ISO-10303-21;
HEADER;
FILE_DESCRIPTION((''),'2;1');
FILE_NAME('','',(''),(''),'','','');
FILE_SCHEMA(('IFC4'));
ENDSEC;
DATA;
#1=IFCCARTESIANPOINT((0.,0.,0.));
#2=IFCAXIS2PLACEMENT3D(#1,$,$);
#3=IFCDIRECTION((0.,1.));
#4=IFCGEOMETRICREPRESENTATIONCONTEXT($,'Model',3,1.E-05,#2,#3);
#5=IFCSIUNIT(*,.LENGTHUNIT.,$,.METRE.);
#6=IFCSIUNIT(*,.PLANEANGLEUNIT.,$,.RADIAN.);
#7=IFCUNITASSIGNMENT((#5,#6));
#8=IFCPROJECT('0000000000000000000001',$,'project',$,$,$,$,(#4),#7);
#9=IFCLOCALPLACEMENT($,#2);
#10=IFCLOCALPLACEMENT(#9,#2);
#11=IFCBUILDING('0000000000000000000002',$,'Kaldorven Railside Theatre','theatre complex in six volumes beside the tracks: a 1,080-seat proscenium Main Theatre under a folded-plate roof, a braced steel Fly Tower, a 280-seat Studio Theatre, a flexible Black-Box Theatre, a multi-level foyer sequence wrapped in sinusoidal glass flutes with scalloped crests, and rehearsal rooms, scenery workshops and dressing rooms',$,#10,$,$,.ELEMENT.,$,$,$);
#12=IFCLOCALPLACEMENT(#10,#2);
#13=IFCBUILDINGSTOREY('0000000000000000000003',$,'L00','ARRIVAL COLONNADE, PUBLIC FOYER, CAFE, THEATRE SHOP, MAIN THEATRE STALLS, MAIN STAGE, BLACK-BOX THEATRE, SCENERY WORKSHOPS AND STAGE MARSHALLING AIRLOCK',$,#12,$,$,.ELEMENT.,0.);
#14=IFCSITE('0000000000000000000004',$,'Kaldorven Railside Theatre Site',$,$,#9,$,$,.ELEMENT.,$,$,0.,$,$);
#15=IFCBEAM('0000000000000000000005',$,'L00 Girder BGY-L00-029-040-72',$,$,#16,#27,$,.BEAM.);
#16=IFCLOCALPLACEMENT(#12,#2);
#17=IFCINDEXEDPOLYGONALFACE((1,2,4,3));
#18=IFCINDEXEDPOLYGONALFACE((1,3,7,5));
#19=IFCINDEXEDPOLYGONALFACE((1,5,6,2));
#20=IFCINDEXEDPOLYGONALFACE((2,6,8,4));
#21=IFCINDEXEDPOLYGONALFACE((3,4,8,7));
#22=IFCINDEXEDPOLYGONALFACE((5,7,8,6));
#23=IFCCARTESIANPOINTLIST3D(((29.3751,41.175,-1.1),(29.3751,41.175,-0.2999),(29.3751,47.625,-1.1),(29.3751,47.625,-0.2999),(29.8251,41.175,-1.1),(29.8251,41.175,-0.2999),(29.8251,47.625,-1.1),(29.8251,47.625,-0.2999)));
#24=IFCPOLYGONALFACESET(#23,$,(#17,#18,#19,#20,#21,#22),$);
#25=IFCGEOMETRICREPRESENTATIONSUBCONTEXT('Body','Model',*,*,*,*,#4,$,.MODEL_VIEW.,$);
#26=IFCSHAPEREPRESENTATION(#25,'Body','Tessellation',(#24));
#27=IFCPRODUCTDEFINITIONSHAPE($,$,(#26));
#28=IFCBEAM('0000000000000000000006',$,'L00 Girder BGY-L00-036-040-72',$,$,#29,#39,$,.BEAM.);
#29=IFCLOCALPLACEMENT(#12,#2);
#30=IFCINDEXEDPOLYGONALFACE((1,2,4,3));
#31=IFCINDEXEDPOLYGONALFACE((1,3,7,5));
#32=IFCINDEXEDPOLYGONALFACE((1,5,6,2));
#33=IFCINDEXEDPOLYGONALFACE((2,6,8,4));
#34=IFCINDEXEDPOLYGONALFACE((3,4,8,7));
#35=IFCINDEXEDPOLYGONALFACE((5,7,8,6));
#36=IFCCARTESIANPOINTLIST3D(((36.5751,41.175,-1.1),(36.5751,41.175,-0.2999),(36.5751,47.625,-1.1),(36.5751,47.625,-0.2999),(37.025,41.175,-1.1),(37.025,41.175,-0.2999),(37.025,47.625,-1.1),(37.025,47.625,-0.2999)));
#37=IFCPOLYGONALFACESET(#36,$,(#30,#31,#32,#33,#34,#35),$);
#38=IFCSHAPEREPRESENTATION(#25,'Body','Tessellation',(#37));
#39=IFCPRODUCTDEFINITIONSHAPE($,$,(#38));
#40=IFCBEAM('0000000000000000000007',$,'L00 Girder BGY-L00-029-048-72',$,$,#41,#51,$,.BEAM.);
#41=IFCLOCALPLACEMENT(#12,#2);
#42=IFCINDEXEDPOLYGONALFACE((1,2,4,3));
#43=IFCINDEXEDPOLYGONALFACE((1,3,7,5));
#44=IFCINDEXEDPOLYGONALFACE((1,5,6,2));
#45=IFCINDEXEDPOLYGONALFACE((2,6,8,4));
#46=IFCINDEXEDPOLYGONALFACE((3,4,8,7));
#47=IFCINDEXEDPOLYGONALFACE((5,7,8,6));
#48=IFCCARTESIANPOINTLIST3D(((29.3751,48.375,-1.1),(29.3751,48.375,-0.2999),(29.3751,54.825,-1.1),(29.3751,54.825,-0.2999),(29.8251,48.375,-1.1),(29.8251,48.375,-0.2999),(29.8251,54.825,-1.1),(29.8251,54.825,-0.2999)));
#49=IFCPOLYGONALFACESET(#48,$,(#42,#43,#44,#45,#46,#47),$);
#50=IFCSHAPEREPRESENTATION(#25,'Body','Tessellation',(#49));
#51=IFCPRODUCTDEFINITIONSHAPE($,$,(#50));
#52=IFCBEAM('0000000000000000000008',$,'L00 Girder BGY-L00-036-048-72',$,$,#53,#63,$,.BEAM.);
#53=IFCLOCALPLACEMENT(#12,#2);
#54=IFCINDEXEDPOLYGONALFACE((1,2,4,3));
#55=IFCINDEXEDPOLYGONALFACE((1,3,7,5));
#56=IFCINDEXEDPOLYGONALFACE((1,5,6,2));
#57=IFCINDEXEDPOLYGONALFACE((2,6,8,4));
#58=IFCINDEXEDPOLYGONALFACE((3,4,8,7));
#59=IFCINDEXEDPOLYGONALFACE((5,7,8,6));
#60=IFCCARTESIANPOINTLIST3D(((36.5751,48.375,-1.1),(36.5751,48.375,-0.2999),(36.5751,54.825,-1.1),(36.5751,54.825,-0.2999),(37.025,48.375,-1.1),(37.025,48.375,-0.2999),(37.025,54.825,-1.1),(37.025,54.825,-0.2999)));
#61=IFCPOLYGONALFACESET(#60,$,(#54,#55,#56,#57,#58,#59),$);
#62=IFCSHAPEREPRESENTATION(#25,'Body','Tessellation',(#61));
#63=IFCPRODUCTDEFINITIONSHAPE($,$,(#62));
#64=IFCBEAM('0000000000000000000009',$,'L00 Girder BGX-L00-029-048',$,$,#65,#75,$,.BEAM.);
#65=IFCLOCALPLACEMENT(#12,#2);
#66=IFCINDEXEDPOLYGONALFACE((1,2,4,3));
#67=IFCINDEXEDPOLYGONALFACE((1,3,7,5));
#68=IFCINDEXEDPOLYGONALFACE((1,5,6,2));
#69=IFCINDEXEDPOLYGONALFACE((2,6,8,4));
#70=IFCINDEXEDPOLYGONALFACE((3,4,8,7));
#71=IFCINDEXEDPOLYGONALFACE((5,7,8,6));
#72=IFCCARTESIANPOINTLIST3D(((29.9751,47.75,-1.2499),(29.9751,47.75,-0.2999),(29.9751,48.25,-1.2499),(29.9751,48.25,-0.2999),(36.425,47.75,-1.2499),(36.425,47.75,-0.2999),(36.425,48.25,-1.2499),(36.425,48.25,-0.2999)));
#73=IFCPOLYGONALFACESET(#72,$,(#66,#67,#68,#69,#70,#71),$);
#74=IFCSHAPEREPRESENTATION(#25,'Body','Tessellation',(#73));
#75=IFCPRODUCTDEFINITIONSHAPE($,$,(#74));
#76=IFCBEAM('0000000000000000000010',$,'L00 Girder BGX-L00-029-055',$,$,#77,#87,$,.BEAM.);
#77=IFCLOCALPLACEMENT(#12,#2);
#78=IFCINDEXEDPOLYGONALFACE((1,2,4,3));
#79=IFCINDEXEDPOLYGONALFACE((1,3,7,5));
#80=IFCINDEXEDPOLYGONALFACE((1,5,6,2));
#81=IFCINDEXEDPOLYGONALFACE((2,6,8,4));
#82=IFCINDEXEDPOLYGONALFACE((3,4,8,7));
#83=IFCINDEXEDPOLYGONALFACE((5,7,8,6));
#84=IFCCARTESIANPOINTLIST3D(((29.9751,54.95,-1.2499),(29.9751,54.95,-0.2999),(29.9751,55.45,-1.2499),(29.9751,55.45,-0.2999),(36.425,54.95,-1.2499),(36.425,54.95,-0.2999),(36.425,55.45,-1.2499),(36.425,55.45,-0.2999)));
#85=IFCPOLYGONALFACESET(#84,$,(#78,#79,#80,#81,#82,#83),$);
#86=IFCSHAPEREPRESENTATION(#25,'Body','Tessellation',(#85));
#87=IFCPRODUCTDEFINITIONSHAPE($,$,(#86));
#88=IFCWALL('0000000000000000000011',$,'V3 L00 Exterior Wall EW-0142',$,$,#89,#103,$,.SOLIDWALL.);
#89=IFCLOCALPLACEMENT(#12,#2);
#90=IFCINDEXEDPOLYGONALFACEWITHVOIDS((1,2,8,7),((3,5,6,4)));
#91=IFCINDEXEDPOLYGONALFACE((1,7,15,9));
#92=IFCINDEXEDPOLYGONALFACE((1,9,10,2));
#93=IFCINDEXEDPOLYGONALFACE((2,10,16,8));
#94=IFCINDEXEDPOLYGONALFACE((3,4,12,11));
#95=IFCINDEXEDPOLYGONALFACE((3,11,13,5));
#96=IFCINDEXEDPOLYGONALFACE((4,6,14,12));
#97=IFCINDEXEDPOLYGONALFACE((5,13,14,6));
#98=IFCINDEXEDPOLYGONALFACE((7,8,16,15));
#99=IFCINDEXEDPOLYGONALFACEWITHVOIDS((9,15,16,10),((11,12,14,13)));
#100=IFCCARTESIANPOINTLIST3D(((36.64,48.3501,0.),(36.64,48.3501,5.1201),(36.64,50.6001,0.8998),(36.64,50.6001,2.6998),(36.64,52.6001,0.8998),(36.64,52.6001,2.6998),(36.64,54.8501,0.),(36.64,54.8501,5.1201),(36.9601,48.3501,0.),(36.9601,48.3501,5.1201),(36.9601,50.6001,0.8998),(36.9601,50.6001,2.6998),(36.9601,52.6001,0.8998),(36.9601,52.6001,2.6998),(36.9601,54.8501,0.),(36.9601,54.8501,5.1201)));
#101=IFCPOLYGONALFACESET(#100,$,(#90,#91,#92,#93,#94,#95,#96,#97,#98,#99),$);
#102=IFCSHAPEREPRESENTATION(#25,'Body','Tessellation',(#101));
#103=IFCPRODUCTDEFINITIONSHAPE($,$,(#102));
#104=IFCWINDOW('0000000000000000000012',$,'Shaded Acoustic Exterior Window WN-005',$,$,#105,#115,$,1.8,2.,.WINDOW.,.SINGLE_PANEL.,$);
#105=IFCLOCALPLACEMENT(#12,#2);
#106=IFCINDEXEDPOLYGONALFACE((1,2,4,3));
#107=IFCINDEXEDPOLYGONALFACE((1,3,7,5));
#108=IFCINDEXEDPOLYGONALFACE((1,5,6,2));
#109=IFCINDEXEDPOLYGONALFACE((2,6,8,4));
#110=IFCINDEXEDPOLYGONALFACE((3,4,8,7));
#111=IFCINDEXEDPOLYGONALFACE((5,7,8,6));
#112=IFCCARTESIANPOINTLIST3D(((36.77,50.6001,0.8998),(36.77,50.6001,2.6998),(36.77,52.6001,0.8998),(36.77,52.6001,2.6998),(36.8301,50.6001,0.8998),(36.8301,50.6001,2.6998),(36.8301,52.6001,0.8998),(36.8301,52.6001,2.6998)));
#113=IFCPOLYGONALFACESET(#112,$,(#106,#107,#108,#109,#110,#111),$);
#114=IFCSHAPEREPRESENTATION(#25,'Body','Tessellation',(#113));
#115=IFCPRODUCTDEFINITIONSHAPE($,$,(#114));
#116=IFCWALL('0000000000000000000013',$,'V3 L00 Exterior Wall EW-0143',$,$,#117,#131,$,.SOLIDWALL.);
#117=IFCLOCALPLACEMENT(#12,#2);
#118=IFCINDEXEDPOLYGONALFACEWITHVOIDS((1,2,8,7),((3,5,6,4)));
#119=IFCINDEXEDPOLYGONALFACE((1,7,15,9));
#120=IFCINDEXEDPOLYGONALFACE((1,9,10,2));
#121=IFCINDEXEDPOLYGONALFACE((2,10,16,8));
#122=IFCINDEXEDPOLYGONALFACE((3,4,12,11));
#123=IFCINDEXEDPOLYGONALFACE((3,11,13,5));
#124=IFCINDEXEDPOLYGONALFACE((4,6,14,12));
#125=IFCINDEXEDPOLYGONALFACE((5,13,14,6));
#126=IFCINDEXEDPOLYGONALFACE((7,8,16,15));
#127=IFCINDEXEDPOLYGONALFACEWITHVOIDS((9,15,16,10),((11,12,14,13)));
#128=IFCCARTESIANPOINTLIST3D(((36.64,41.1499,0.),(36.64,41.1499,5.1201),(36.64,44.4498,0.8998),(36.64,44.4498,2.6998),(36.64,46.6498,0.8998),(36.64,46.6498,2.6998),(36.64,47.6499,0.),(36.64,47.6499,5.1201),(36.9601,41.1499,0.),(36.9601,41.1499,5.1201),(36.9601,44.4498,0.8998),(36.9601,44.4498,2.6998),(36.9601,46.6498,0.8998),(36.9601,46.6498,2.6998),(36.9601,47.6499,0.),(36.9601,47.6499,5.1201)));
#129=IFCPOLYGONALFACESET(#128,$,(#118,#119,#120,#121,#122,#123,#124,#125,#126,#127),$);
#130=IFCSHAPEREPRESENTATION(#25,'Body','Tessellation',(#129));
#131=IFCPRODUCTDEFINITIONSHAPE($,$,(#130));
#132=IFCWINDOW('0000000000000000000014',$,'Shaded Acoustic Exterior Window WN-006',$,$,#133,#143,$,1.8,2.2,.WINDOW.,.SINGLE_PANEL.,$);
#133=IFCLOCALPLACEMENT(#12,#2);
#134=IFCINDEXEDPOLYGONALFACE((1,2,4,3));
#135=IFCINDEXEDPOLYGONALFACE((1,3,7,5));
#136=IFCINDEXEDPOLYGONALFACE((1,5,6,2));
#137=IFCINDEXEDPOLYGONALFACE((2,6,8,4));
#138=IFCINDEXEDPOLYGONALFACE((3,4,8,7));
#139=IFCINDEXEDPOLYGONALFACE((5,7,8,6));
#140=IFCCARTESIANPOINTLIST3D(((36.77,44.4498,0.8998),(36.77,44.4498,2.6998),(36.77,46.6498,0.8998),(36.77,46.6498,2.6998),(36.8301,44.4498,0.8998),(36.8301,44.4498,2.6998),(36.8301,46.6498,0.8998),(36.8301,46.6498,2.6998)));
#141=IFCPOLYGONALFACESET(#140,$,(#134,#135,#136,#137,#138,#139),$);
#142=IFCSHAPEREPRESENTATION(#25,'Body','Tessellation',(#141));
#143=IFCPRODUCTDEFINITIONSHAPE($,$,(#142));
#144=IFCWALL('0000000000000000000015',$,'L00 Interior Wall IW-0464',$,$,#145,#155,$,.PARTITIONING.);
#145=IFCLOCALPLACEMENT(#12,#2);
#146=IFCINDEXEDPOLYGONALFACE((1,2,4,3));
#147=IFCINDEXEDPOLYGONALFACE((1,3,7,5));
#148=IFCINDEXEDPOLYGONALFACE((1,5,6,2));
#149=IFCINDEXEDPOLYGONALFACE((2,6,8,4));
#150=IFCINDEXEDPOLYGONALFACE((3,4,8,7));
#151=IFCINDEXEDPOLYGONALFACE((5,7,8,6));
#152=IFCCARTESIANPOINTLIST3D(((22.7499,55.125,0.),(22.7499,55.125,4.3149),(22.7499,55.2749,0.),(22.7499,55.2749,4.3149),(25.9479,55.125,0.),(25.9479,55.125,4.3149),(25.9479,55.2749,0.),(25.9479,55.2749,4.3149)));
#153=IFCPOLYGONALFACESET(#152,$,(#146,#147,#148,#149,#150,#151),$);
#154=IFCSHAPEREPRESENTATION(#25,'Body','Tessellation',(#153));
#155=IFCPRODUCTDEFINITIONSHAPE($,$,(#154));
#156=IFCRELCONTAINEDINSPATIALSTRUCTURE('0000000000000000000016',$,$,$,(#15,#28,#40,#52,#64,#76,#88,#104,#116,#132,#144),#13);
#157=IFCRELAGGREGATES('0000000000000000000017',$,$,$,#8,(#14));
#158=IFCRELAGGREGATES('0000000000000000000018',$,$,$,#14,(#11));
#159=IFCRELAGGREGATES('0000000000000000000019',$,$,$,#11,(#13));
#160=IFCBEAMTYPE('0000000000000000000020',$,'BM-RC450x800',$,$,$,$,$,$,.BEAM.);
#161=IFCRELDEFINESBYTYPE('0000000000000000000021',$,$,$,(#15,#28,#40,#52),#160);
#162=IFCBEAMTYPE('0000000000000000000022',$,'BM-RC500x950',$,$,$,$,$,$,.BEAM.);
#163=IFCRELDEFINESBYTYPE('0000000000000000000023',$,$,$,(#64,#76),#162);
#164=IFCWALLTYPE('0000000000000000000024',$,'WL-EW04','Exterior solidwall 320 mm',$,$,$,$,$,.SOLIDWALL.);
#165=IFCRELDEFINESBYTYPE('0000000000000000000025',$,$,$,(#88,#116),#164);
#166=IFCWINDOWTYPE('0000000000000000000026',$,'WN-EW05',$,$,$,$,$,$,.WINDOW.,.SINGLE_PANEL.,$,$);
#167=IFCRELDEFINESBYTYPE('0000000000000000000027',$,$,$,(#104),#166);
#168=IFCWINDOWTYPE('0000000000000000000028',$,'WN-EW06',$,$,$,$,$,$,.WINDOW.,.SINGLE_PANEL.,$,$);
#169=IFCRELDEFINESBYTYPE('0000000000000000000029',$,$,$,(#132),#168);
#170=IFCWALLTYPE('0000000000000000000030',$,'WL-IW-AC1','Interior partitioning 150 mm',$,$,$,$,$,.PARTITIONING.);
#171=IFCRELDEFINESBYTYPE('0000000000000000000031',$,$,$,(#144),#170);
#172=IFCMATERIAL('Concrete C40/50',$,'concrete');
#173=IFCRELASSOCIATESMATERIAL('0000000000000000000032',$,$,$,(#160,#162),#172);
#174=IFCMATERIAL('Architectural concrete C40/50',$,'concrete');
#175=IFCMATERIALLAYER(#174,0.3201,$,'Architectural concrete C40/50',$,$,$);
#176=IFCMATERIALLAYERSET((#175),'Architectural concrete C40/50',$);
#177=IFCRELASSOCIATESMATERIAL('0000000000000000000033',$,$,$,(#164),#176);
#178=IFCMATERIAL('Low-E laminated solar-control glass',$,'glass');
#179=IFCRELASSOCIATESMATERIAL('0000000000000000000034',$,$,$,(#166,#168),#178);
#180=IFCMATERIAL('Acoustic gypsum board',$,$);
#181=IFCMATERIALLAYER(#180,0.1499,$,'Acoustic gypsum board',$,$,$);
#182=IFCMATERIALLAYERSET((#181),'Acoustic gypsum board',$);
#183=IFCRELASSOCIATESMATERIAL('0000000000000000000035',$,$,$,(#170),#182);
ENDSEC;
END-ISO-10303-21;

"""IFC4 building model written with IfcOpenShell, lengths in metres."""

from ifc_helpers import new_model, si_unit, direction, frame, frame_2d, origin, origin_2d, place, context, subcontext, project, spatial, rectangle, extrude, material, layer, layer_set, material_profile, profile_set, type_object, element, fill, save


model = new_model("IFC4")

# Units and contexts
model_context = context("Model", 3, precision=1e-05, world=origin(), true_north=direction((0.0, 1.0)))
body_context = subcontext(model_context, "Body", "Model", "MODEL_VIEW")
ifc_project = project(units=[si_unit("LENGTHUNIT", "METRE"), si_unit("PLANEANGLEUNIT", "RADIAN")], contexts=[model_context])

# Site, building, storey
site_placement = place(None, origin())
site = spatial("IfcSite", under=ifc_project, at=site_placement, Name="Kaldorven Railside Theatre Site", CompositionType="ELEMENT", RefElevation=0.0)
building_placement = place(site_placement, origin())
building = spatial("IfcBuilding", under=site, at=building_placement, Name="Kaldorven Railside Theatre", Description="theatre complex in six volumes beside the tracks: a 1,080-seat proscenium Main Theatre under a folded-plate roof, a braced steel Fly Tower, a 280-seat Studio Theatre, a flexible Black-Box Theatre, a multi-level foyer sequence wrapped in sinusoidal glass flutes with scalloped crests, and rehearsal rooms, scenery workshops and dressing rooms", CompositionType="ELEMENT")
storey_placement = place(building_placement, origin())
storey = spatial("IfcBuildingStorey", under=building, at=storey_placement, Name="L00", Description="ARRIVAL COLONNADE, PUBLIC FOYER, CAFE, THEATRE SHOP, MAIN THEATRE STALLS, MAIN STAGE, BLACK-BOX THEATRE, SCENERY WORKSHOPS AND STAGE MARSHALLING AIRLOCK", CompositionType="ELEMENT", Elevation=0.0)

# Shared definitions
ifc_material_1 = material(Name="Concrete C40/50", Category="concrete")

# Beams
ifc_material_profile_1 = material_profile(ifc_material_1, rectangle(XDim=0.45, YDim=0.8, at=origin_2d()), Name="RC 450x800")
ifc_profile_set_1 = profile_set([ifc_material_profile_1], Name="Concrete C40/50")
beam_type_1 = type_object("IfcBeamType", Name="BM-RC450x800", PredefinedType="BEAM", material=ifc_profile_set_1)
for number, where, z_axis, x_axis, name in (
    (1, (29.6001, 41.175, -0.7), (0.0, 1.0, 0.0), (-1.0, 0.0, 0.0), "L00 Girder BGY-L00-029-040-72"),
    (2, (36.8, 41.175, -0.7), (0.0, 1.0, 0.0), (-1.0, 0.0, 0.0), "L00 Girder BGY-L00-036-040-72"),
    (3, (29.6001, 48.375, -0.7), (0.0, 1.0, 0.0), (-1.0, 0.0, 0.0), "L00 Girder BGY-L00-029-048-72"),
    (4, (36.8, 48.375, -0.7), (0.0, 1.0, 0.0), (-1.0, 0.0, 0.0), "L00 Girder BGY-L00-036-048-72"),
):
    element("IfcBeam", number, at=place(storey_placement, frame(where, z_axis=z_axis, x_axis=x_axis)), inside=storey, type_object=beam_type_1, Name=name, PredefinedType="BEAM", context=body_context, shape_type="SweptSolid", body=[
        extrude(rectangle(XDim=0.45, YDim=0.8, at=origin_2d()), origin(), (0.0, 0.0, 1.0), 6.45),
    ])
ifc_material_profile_2 = material_profile(ifc_material_1, rectangle(XDim=0.5, YDim=0.95, at=origin_2d()), Name="RC 500x950")
ifc_profile_set_2 = profile_set([ifc_material_profile_2], Name="Concrete C40/50")
beam_type_2 = type_object("IfcBeamType", Name="BM-RC500x950", PredefinedType="BEAM", material=ifc_profile_set_2)
for number, where, z_axis, x_axis, name in (
    (5, (29.9751, 48.0, -0.7749), (1.0, 0.0, 0.0), (0.0, 1.0, 0.0), "L00 Girder BGX-L00-029-048"),
    (6, (29.9751, 55.2, -0.7749), (1.0, 0.0, 0.0), (0.0, 1.0, 0.0), "L00 Girder BGX-L00-029-055"),
):
    element("IfcBeam", number, at=place(storey_placement, frame(where, z_axis=z_axis, x_axis=x_axis)), inside=storey, type_object=beam_type_2, Name=name, PredefinedType="BEAM", context=body_context, shape_type="SweptSolid", body=[
        extrude(rectangle(XDim=0.5, YDim=0.95, at=origin_2d()), origin(), (0.0, 0.0, 1.0), 6.45),
    ])

# Walls, openings, windows
ifc_material_2 = material(Name="Architectural concrete C40/50", Category="concrete")
ifc_layer_1 = layer(ifc_material_2, 0.3201, Name="Architectural concrete C40/50")
ifc_layer_set_1 = layer_set([ifc_layer_1], Name="Architectural concrete C40/50")
wall_type_1 = type_object("IfcWallType", Name="WL-EW04", Description="Exterior solidwall 320 mm", PredefinedType="SOLIDWALL", material=ifc_layer_set_1)
wall_1_placement = place(storey_placement, frame((36.8, 54.8501, 0.0), z_axis=(0.0, 0.0, 1.0), x_axis=(0.0, -1.0, 0.0)))
wall_1 = element("IfcWall", 7, at=wall_1_placement, inside=storey, type_object=wall_type_1, Name="V3 L00 Exterior Wall EW-0142", PredefinedType="SOLIDWALL", context=body_context, shape_type="SweptSolid", body=[
    extrude(rectangle(XDim=6.5, YDim=0.3201, at=frame_2d((3.25, 0.0))), origin(), (0.0, 0.0, 1.0), 5.1201),
])
opening_1_placement = place(wall_1_placement, frame((2.25, 0.0, 0.8999)))
opening_1 = element("IfcOpeningElement", 8, at=opening_1_placement, cuts=wall_1, PredefinedType="OPENING", context=body_context, shape_type="SweptSolid", body=[
    extrude(rectangle(XDim=2.0, YDim=1.8, at=frame_2d((1.0, 0.8999))), frame((0.0, 0.1699, 0.0), z_axis=(0.0, -1.0, 0.0), x_axis=(1.0, 0.0, 0.0)), (0.0, 0.0, 1.0), 0.3401),
])
ifc_material_3 = material(Name="Low-E laminated solar-control glass", Category="glass")
window_type_1 = type_object("IfcWindowType", Name="WN-EW05", PartitioningType="SINGLE_PANEL", PredefinedType="WINDOW", material=ifc_material_3)
window_1_placement = place(opening_1_placement, origin())
window_1 = element("IfcWindow", 9, at=window_1_placement, inside=storey, type_object=window_type_1, Name="Shaded Acoustic Exterior Window WN-005", OverallHeight=1.8, OverallWidth=2.0, PartitioningType="SINGLE_PANEL", PredefinedType="WINDOW", context=body_context, shape_type="SweptSolid", body=[
    extrude(rectangle(XDim=2.0, YDim=1.8, at=frame_2d((1.0, 0.8999))), frame((0.0, 0.03, 0.0), z_axis=(0.0, -1.0, 0.0), x_axis=(1.0, 0.0, 0.0)), (0.0, 0.0, 1.0), 0.0601),
])
fill(opening_1, window_1)
wall_2_placement = place(storey_placement, frame((36.8, 47.6499, 0.0), z_axis=(0.0, 0.0, 1.0), x_axis=(0.0, -1.0, 0.0)))
wall_2 = element("IfcWall", 10, at=wall_2_placement, inside=storey, type_object=wall_type_1, Name="V3 L00 Exterior Wall EW-0143", PredefinedType="SOLIDWALL", context=body_context, shape_type="SweptSolid", body=[
    extrude(rectangle(XDim=6.5, YDim=0.3201, at=frame_2d((3.25, 0.0))), origin(), (0.0, 0.0, 1.0), 5.1201),
])
opening_2_placement = place(wall_2_placement, frame((1.0, 0.0, 0.8999)))
opening_2 = element("IfcOpeningElement", 11, at=opening_2_placement, cuts=wall_2, PredefinedType="OPENING", context=body_context, shape_type="SweptSolid", body=[
    extrude(rectangle(XDim=2.2, YDim=1.8, at=frame_2d((1.1001, 0.8999))), frame((0.0, 0.1699, 0.0), z_axis=(0.0, -1.0, 0.0), x_axis=(1.0, 0.0, 0.0)), (0.0, 0.0, 1.0), 0.3401),
])
window_type_2 = type_object("IfcWindowType", Name="WN-EW06", PartitioningType="SINGLE_PANEL", PredefinedType="WINDOW", material=ifc_material_3)
window_2_placement = place(opening_2_placement, origin())
window_2 = element("IfcWindow", 12, at=window_2_placement, inside=storey, type_object=window_type_2, Name="Shaded Acoustic Exterior Window WN-006", OverallHeight=1.8, OverallWidth=2.2, PartitioningType="SINGLE_PANEL", PredefinedType="WINDOW", context=body_context, shape_type="SweptSolid", body=[
    extrude(rectangle(XDim=2.2, YDim=1.8, at=frame_2d((1.1001, 0.8999))), frame((0.0, 0.03, 0.0), z_axis=(0.0, -1.0, 0.0), x_axis=(1.0, 0.0, 0.0)), (0.0, 0.0, 1.0), 0.0601),
])
fill(opening_2, window_2)

# Wall
ifc_material_4 = material(Name="Acoustic gypsum board")
ifc_layer_2 = layer(ifc_material_4, 0.1499, Name="Acoustic gypsum board")
ifc_layer_set_2 = layer_set([ifc_layer_2], Name="Acoustic gypsum board")
wall_type_2 = type_object("IfcWallType", Name="WL-IW-AC1", Description="Interior partitioning 150 mm", PredefinedType="PARTITIONING", material=ifc_layer_set_2)
wall_3_placement = place(storey_placement, frame((25.948, 55.2, 0.0), z_axis=(0.0, 0.0, 1.0), x_axis=(-1.0, 0.0, 0.0)))
element("IfcWall", 13, at=wall_3_placement, inside=storey, type_object=wall_type_2, Name="L00 Interior Wall IW-0464", PredefinedType="PARTITIONING", context=body_context, shape_type="SweptSolid", body=[
    extrude(rectangle(XDim=3.198, YDim=0.1499, at=frame_2d((1.5991, 0.0))), origin(), (0.0, 0.0, 1.0), 4.3149),
])

save(model, "model.ifc")
